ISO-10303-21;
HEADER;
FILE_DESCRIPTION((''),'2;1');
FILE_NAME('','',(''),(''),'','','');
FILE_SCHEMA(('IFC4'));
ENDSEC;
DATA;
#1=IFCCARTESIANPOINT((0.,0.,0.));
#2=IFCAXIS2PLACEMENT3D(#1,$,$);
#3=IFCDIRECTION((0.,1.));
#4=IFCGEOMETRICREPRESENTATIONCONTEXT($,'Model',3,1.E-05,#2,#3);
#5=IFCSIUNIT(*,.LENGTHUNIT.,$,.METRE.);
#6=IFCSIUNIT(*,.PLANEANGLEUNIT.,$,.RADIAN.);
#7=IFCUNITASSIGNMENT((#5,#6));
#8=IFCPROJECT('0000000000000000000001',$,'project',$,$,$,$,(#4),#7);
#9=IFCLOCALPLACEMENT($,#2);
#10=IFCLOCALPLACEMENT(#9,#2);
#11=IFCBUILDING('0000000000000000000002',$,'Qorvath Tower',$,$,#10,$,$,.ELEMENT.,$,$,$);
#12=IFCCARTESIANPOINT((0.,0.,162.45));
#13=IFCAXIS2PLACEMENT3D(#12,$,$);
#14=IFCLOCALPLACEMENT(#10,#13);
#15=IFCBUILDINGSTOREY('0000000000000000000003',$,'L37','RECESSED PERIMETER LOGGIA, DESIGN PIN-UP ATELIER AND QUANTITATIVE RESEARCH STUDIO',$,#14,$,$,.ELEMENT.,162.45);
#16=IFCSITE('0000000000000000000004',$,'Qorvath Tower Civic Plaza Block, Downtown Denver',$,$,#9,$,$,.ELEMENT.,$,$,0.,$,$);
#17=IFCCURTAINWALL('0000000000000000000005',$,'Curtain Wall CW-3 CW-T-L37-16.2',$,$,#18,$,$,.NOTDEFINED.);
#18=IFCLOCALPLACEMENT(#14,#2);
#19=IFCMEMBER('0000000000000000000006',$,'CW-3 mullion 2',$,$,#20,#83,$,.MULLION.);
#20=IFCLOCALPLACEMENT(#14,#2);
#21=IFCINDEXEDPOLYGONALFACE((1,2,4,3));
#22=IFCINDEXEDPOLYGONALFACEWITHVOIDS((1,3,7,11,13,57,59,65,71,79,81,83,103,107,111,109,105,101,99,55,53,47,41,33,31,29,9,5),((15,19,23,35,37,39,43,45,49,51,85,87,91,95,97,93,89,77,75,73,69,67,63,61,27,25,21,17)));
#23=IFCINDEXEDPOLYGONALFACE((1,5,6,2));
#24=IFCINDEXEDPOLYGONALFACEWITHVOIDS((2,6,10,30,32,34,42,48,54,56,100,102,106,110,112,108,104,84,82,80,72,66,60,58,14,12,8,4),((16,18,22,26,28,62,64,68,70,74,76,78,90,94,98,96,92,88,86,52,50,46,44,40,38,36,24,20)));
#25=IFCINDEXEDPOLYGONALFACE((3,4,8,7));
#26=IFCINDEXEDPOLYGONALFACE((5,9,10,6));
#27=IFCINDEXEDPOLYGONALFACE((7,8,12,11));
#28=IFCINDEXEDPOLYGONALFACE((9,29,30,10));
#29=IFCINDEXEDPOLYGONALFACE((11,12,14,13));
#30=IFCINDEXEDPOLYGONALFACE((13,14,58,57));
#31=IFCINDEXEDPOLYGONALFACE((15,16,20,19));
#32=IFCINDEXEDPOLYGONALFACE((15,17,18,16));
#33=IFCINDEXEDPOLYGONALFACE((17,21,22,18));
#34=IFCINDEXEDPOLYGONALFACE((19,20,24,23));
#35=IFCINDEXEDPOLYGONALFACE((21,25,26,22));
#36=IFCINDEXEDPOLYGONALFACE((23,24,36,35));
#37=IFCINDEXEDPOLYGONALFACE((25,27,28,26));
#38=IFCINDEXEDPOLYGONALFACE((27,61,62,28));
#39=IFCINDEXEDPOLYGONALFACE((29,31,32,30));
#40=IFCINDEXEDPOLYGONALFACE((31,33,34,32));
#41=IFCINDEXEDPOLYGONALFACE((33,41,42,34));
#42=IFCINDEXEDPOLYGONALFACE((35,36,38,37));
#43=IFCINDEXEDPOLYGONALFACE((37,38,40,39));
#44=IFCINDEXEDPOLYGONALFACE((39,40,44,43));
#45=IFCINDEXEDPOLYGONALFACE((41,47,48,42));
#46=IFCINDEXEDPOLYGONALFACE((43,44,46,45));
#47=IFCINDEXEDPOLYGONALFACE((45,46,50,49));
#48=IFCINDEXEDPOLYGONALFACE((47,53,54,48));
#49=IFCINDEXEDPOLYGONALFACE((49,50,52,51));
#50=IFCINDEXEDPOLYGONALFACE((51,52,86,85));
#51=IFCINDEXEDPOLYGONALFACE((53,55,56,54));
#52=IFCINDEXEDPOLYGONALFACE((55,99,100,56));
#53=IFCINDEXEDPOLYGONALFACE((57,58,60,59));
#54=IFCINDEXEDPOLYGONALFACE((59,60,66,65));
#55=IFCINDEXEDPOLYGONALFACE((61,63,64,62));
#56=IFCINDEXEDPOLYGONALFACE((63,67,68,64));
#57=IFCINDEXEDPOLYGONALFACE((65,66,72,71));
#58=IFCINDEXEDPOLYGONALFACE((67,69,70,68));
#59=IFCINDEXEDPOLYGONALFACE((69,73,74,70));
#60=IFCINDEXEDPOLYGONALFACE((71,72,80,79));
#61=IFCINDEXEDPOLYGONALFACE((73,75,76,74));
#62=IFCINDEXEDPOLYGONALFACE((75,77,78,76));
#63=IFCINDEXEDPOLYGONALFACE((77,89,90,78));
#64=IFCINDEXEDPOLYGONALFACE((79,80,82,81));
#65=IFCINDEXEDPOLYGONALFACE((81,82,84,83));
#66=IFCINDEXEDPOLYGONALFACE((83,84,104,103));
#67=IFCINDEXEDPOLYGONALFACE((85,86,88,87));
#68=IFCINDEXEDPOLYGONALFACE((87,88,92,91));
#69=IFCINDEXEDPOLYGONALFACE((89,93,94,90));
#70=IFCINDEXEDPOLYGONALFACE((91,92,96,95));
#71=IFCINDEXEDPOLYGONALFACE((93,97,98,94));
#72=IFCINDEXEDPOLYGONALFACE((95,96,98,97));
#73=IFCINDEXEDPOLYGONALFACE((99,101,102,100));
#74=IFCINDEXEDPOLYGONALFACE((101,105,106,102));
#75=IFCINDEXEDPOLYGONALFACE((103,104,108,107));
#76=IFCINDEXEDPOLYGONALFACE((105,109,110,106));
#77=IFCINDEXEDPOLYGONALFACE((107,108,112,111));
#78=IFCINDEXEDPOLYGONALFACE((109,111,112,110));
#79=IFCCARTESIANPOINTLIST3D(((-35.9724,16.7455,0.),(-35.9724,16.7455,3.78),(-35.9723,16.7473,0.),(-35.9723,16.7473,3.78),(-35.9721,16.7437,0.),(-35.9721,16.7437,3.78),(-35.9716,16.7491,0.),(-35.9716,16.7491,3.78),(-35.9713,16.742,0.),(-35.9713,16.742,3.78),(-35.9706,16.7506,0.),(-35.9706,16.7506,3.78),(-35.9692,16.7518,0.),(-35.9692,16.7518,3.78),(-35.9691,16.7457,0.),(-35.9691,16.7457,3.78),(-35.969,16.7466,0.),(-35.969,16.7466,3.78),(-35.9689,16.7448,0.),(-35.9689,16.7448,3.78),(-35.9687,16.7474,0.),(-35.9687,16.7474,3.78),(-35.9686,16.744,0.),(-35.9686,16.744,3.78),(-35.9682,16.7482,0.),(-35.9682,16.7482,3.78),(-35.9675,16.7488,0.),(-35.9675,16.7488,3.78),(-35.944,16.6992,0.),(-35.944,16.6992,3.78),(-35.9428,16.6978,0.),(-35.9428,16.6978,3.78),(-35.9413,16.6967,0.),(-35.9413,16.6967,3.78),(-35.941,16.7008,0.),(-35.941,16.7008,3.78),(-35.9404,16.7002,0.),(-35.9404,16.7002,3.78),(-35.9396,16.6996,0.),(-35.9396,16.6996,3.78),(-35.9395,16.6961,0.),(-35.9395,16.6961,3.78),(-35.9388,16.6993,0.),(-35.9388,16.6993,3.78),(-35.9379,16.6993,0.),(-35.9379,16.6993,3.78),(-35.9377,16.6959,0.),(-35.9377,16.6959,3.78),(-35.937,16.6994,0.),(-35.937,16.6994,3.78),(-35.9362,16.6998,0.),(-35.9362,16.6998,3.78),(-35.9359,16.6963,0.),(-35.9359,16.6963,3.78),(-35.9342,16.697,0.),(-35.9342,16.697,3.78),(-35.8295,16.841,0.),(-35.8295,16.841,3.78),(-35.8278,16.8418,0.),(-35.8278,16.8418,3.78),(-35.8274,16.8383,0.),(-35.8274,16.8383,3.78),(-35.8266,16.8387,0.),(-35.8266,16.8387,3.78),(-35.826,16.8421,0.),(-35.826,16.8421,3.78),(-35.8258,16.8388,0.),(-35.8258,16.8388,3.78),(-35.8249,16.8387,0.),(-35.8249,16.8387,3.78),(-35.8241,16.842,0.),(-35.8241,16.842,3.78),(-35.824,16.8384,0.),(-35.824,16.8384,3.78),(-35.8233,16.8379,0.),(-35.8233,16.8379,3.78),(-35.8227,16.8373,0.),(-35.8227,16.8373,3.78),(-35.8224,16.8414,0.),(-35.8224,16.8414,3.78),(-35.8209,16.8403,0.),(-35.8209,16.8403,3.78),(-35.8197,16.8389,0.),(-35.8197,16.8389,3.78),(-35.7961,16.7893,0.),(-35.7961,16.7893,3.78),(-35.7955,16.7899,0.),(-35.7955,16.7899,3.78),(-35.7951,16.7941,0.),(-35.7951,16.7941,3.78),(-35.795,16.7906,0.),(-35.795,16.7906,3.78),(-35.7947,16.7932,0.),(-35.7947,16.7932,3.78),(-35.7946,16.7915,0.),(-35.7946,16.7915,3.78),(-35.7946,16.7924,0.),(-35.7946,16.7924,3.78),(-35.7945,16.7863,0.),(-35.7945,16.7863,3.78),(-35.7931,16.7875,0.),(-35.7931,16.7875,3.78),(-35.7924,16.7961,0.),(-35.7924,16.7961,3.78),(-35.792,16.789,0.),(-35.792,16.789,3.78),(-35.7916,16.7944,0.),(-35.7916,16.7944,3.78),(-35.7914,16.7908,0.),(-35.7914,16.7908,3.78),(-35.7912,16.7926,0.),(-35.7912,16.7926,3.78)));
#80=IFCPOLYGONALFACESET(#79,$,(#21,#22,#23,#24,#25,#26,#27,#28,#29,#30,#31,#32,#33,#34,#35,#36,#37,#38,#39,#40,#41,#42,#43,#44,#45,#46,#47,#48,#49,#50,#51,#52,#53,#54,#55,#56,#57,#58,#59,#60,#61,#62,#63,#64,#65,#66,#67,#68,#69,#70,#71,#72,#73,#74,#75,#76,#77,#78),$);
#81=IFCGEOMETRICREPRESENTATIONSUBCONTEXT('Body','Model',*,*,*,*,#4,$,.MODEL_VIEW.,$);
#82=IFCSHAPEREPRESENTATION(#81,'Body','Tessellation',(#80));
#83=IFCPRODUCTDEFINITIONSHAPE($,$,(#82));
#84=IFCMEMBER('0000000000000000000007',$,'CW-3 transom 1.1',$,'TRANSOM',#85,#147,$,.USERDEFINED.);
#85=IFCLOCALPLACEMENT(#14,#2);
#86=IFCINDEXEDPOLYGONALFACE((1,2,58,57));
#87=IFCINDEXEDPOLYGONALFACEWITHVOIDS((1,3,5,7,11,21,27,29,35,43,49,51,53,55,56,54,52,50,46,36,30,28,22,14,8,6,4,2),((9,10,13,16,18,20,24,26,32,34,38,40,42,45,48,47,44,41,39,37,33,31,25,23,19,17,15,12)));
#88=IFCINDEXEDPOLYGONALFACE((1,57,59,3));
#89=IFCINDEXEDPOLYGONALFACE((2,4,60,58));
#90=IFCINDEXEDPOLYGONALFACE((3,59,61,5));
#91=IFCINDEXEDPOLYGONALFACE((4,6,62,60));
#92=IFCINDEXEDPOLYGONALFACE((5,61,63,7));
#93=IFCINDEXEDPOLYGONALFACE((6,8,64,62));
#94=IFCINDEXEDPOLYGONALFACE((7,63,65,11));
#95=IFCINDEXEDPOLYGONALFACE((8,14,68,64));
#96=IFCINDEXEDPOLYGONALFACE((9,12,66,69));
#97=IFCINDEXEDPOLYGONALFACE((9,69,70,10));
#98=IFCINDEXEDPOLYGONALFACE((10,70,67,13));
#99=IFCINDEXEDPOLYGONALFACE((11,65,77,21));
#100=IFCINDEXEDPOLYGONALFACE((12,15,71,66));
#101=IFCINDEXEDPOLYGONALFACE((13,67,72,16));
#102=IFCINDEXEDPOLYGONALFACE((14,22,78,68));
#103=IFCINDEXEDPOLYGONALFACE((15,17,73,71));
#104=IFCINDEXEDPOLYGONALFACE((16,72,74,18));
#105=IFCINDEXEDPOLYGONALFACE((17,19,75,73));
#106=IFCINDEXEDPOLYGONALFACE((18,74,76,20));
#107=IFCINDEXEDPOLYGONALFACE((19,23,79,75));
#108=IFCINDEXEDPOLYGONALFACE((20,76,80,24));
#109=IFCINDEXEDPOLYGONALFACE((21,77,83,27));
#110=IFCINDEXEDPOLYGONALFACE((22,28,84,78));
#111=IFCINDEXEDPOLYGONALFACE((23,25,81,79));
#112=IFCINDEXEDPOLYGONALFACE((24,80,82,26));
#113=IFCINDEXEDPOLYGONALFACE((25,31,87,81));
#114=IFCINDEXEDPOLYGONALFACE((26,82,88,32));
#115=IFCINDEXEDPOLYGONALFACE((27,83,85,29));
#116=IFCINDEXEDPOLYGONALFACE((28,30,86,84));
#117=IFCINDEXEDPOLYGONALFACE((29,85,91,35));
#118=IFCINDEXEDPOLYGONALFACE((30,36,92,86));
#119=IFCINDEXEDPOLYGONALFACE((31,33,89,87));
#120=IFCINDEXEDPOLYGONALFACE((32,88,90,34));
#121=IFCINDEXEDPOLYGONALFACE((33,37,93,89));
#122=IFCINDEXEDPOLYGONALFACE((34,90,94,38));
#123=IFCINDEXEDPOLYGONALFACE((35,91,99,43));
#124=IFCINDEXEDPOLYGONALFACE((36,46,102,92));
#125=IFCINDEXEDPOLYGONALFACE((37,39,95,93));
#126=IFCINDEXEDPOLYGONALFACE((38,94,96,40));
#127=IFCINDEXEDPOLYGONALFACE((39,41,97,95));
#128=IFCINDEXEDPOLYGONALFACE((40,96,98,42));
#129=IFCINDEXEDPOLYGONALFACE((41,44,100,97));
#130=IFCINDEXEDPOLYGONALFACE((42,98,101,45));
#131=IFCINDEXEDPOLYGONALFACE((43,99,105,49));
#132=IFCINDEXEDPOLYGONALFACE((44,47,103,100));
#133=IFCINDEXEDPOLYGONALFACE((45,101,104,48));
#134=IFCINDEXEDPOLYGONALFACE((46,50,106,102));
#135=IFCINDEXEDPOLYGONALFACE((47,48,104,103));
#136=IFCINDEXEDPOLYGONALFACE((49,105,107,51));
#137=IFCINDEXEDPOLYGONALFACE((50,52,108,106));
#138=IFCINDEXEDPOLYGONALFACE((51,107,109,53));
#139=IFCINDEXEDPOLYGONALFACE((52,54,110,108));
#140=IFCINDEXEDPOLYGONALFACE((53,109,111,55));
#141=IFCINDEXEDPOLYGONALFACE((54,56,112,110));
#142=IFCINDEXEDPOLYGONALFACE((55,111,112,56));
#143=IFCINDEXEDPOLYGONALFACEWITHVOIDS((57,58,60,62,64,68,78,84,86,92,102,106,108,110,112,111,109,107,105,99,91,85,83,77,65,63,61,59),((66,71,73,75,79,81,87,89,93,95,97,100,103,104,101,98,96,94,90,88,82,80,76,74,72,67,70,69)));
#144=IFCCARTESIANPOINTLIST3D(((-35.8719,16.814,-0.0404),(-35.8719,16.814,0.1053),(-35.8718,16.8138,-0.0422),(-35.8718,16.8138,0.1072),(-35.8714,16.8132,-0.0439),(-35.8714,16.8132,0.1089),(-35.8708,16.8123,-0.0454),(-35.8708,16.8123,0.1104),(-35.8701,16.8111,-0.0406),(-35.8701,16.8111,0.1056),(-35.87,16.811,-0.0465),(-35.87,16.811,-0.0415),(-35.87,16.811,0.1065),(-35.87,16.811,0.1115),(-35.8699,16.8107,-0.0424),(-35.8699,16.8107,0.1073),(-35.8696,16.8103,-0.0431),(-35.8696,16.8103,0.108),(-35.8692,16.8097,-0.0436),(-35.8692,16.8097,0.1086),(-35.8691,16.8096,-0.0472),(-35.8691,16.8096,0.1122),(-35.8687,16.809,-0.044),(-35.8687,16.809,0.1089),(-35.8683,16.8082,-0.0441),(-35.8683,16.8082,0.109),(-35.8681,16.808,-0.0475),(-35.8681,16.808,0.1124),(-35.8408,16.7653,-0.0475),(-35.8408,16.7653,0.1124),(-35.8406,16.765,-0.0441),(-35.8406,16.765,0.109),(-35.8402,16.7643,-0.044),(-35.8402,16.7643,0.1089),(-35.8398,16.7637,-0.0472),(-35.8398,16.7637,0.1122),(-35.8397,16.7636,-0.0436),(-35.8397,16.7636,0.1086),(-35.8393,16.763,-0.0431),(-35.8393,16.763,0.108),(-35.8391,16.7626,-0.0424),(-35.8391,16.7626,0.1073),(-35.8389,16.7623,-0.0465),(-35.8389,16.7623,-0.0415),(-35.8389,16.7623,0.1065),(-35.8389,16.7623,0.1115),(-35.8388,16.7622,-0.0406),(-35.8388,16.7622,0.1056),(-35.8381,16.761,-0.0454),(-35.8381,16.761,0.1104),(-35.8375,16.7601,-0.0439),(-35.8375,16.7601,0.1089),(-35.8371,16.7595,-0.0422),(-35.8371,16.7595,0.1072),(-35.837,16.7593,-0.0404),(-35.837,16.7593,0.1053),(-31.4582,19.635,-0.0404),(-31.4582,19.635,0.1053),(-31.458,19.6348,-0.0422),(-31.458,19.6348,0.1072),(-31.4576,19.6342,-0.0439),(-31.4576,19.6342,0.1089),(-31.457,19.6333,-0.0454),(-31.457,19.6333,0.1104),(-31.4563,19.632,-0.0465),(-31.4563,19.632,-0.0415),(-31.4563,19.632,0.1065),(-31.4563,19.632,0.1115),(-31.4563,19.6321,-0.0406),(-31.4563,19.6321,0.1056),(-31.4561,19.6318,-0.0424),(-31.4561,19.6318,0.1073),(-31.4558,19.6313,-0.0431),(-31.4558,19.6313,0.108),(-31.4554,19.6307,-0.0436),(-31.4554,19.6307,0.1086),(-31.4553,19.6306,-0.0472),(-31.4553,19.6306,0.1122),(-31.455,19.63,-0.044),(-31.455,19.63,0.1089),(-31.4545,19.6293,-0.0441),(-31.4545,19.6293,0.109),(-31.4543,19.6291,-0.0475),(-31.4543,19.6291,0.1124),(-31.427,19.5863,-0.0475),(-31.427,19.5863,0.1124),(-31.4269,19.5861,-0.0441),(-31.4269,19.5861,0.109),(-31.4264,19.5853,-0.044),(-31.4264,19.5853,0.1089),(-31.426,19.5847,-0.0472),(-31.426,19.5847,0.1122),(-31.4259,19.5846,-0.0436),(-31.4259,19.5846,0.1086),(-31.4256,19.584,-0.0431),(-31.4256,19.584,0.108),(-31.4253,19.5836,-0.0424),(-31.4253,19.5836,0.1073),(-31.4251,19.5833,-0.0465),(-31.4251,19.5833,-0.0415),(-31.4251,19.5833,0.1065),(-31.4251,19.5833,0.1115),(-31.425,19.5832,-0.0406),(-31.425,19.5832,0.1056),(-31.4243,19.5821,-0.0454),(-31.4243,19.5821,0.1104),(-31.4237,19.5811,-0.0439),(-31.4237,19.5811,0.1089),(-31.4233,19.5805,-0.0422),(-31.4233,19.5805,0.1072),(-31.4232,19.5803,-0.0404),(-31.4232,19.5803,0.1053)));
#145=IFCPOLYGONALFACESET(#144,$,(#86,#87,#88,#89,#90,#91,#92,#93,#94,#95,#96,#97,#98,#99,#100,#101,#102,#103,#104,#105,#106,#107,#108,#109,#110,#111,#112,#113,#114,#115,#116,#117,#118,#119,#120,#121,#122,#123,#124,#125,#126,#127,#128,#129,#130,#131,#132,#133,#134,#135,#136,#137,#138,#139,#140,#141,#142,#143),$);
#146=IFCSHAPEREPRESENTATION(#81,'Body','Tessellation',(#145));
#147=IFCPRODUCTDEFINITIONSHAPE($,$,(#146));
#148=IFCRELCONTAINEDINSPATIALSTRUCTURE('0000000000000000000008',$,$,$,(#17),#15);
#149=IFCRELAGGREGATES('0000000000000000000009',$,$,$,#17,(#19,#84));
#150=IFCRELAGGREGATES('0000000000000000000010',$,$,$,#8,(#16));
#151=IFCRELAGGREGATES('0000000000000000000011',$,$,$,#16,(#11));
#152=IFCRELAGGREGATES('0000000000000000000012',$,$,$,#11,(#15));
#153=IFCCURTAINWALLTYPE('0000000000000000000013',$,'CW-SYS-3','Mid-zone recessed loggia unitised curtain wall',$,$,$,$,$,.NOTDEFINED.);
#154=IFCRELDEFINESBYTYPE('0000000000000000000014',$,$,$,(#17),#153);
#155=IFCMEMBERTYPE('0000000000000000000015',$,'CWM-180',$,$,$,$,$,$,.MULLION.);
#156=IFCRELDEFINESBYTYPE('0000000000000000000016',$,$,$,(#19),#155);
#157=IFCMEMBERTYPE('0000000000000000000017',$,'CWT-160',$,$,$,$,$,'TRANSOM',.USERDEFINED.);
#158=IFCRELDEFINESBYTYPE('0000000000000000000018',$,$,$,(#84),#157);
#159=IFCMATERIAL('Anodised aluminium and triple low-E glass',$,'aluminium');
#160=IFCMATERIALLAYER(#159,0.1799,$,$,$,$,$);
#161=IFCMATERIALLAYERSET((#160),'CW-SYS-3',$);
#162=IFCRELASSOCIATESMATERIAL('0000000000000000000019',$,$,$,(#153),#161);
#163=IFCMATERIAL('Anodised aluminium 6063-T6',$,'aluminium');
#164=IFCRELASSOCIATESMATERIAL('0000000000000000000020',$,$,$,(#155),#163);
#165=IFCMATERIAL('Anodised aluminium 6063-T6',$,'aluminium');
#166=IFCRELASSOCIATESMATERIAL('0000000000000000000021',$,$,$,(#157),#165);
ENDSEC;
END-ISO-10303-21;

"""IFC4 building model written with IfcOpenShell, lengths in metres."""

from ifc_helpers import new_model, si_unit, direction, frame, origin, origin_2d, place, context, subcontext, project, spatial, hollow_rectangle, extrude, material, layer, layer_set, material_profile, profile_set, type_object, element, aggregate, save


model = new_model("IFC4")

# Units and contexts
model_context = context("Model", 3, precision=1e-05, world=origin(), true_north=direction((0.0, 1.0)))
body_context = subcontext(model_context, "Body", "Model", "MODEL_VIEW")
ifc_project = project(units=[si_unit("LENGTHUNIT", "METRE"), si_unit("PLANEANGLEUNIT", "RADIAN")], contexts=[model_context])

# Site, building, storey
site_placement = place(None, origin())
site = spatial("IfcSite", under=ifc_project, at=site_placement, Name="Qorvath Tower Civic Plaza Block, Downtown Denver", CompositionType="ELEMENT", RefElevation=0.0)
building_placement = place(site_placement, origin())
building = spatial("IfcBuilding", under=site, at=building_placement, Name="Qorvath Tower", CompositionType="ELEMENT")
storey_placement = place(building_placement, frame((0.0, 0.0, 162.45)))
storey = spatial("IfcBuildingStorey", under=building, at=storey_placement, Name="L37", Description="RECESSED PERIMETER LOGGIA, DESIGN PIN-UP ATELIER AND QUANTITATIVE RESEARCH STUDIO", CompositionType="ELEMENT", Elevation=162.45)

# Shared definitions
ifc_material_1 = material(Name="Anodised aluminium and triple low-E glass", Category="aluminium")
ifc_layer_1 = layer(ifc_material_1, 0.1799)
ifc_layer_set_1 = layer_set([ifc_layer_1], Name="CW-SYS-3")
curtain_wall_type = type_object("IfcCurtainWallType", Name="CW-SYS-3", Description="Mid-zone recessed loggia unitised curtain wall", PredefinedType="NOTDEFINED", material=ifc_layer_set_1)
ifc_material_2 = material(Name="Anodised aluminium 6063-T6", Category="aluminium")
ifc_material_profile_1 = material_profile(ifc_material_2, hollow_rectangle(XDim=0.0649, YDim=0.1799, WallThickness=0.0034, InnerFilletRadius=0.0034, OuterFilletRadius=0.0071, at=origin_2d()), Name="CWM 180x65")
ifc_profile_set_1 = profile_set([ifc_material_profile_1], Name="Anodised aluminium 6063-T6")
member_type_1 = type_object("IfcMemberType", Name="CWM-180", PredefinedType="MULLION", material=ifc_profile_set_1)

# Curtain wall, members
curtain_wall_1_placement = place(storey_placement, origin())
curtain_wall_1 = element("IfcCurtainWall", 1, at=curtain_wall_1_placement, inside=storey, type_object=curtain_wall_type, Name="Curtain Wall CW-3 CW-T-L37-16.2", PredefinedType="NOTDEFINED")
member_1_placement = place(storey_placement, frame((-35.8818, 16.769, 0.0), z_axis=(0.0, 0.0, 1.0), x_axis=(0.538539, -0.8426, 0.0)))
member_1 = element("IfcMember", 2, at=member_1_placement, type_object=member_type_1, Name="CW-3 mullion 2", PredefinedType="MULLION", context=body_context, shape_type="SweptSolid", body=[
    extrude(hollow_rectangle(XDim=0.0649, YDim=0.1799, WallThickness=0.0034, InnerFilletRadius=0.0034, OuterFilletRadius=0.0071, at=origin_2d()), origin(), (0.0, 0.0, 1.0), 3.78),
])
ifc_material_3 = material(Name="Anodised aluminium 6063-T6", Category="aluminium")
ifc_material_profile_2 = material_profile(ifc_material_3, hollow_rectangle(XDim=0.0649, YDim=0.1599, WallThickness=0.0034, InnerFilletRadius=0.0034, OuterFilletRadius=0.0071, at=origin_2d()), Name="CWT 160x65")
ifc_profile_set_2 = profile_set([ifc_material_profile_2], Name="Anodised aluminium 6063-T6")
member_type_2 = type_object("IfcMemberType", Name="CWT-160", ElementType="TRANSOM", PredefinedType="USERDEFINED", material=ifc_profile_set_2)
member_2_placement = place(storey_placement, frame((-31.4407, 19.6077, 0.0325), z_axis=(-0.842601, -0.538539, 0.0), x_axis=(0.538539, -0.842601, 0.0)))
member_2 = element("IfcMember", 3, at=member_2_placement, type_object=member_type_2, Name="CW-3 transom 1.1", ObjectType="TRANSOM", PredefinedType="USERDEFINED", context=body_context, shape_type="SweptSolid", body=[
    extrude(hollow_rectangle(XDim=0.0649, YDim=0.1599, WallThickness=0.0034, InnerFilletRadius=0.0034, OuterFilletRadius=0.0071, at=origin_2d()), origin(), (0.0, 0.0, 1.0), 5.2383),
])
aggregate(curtain_wall_1, [member_1, member_2])

save(model, "model.ifc")
